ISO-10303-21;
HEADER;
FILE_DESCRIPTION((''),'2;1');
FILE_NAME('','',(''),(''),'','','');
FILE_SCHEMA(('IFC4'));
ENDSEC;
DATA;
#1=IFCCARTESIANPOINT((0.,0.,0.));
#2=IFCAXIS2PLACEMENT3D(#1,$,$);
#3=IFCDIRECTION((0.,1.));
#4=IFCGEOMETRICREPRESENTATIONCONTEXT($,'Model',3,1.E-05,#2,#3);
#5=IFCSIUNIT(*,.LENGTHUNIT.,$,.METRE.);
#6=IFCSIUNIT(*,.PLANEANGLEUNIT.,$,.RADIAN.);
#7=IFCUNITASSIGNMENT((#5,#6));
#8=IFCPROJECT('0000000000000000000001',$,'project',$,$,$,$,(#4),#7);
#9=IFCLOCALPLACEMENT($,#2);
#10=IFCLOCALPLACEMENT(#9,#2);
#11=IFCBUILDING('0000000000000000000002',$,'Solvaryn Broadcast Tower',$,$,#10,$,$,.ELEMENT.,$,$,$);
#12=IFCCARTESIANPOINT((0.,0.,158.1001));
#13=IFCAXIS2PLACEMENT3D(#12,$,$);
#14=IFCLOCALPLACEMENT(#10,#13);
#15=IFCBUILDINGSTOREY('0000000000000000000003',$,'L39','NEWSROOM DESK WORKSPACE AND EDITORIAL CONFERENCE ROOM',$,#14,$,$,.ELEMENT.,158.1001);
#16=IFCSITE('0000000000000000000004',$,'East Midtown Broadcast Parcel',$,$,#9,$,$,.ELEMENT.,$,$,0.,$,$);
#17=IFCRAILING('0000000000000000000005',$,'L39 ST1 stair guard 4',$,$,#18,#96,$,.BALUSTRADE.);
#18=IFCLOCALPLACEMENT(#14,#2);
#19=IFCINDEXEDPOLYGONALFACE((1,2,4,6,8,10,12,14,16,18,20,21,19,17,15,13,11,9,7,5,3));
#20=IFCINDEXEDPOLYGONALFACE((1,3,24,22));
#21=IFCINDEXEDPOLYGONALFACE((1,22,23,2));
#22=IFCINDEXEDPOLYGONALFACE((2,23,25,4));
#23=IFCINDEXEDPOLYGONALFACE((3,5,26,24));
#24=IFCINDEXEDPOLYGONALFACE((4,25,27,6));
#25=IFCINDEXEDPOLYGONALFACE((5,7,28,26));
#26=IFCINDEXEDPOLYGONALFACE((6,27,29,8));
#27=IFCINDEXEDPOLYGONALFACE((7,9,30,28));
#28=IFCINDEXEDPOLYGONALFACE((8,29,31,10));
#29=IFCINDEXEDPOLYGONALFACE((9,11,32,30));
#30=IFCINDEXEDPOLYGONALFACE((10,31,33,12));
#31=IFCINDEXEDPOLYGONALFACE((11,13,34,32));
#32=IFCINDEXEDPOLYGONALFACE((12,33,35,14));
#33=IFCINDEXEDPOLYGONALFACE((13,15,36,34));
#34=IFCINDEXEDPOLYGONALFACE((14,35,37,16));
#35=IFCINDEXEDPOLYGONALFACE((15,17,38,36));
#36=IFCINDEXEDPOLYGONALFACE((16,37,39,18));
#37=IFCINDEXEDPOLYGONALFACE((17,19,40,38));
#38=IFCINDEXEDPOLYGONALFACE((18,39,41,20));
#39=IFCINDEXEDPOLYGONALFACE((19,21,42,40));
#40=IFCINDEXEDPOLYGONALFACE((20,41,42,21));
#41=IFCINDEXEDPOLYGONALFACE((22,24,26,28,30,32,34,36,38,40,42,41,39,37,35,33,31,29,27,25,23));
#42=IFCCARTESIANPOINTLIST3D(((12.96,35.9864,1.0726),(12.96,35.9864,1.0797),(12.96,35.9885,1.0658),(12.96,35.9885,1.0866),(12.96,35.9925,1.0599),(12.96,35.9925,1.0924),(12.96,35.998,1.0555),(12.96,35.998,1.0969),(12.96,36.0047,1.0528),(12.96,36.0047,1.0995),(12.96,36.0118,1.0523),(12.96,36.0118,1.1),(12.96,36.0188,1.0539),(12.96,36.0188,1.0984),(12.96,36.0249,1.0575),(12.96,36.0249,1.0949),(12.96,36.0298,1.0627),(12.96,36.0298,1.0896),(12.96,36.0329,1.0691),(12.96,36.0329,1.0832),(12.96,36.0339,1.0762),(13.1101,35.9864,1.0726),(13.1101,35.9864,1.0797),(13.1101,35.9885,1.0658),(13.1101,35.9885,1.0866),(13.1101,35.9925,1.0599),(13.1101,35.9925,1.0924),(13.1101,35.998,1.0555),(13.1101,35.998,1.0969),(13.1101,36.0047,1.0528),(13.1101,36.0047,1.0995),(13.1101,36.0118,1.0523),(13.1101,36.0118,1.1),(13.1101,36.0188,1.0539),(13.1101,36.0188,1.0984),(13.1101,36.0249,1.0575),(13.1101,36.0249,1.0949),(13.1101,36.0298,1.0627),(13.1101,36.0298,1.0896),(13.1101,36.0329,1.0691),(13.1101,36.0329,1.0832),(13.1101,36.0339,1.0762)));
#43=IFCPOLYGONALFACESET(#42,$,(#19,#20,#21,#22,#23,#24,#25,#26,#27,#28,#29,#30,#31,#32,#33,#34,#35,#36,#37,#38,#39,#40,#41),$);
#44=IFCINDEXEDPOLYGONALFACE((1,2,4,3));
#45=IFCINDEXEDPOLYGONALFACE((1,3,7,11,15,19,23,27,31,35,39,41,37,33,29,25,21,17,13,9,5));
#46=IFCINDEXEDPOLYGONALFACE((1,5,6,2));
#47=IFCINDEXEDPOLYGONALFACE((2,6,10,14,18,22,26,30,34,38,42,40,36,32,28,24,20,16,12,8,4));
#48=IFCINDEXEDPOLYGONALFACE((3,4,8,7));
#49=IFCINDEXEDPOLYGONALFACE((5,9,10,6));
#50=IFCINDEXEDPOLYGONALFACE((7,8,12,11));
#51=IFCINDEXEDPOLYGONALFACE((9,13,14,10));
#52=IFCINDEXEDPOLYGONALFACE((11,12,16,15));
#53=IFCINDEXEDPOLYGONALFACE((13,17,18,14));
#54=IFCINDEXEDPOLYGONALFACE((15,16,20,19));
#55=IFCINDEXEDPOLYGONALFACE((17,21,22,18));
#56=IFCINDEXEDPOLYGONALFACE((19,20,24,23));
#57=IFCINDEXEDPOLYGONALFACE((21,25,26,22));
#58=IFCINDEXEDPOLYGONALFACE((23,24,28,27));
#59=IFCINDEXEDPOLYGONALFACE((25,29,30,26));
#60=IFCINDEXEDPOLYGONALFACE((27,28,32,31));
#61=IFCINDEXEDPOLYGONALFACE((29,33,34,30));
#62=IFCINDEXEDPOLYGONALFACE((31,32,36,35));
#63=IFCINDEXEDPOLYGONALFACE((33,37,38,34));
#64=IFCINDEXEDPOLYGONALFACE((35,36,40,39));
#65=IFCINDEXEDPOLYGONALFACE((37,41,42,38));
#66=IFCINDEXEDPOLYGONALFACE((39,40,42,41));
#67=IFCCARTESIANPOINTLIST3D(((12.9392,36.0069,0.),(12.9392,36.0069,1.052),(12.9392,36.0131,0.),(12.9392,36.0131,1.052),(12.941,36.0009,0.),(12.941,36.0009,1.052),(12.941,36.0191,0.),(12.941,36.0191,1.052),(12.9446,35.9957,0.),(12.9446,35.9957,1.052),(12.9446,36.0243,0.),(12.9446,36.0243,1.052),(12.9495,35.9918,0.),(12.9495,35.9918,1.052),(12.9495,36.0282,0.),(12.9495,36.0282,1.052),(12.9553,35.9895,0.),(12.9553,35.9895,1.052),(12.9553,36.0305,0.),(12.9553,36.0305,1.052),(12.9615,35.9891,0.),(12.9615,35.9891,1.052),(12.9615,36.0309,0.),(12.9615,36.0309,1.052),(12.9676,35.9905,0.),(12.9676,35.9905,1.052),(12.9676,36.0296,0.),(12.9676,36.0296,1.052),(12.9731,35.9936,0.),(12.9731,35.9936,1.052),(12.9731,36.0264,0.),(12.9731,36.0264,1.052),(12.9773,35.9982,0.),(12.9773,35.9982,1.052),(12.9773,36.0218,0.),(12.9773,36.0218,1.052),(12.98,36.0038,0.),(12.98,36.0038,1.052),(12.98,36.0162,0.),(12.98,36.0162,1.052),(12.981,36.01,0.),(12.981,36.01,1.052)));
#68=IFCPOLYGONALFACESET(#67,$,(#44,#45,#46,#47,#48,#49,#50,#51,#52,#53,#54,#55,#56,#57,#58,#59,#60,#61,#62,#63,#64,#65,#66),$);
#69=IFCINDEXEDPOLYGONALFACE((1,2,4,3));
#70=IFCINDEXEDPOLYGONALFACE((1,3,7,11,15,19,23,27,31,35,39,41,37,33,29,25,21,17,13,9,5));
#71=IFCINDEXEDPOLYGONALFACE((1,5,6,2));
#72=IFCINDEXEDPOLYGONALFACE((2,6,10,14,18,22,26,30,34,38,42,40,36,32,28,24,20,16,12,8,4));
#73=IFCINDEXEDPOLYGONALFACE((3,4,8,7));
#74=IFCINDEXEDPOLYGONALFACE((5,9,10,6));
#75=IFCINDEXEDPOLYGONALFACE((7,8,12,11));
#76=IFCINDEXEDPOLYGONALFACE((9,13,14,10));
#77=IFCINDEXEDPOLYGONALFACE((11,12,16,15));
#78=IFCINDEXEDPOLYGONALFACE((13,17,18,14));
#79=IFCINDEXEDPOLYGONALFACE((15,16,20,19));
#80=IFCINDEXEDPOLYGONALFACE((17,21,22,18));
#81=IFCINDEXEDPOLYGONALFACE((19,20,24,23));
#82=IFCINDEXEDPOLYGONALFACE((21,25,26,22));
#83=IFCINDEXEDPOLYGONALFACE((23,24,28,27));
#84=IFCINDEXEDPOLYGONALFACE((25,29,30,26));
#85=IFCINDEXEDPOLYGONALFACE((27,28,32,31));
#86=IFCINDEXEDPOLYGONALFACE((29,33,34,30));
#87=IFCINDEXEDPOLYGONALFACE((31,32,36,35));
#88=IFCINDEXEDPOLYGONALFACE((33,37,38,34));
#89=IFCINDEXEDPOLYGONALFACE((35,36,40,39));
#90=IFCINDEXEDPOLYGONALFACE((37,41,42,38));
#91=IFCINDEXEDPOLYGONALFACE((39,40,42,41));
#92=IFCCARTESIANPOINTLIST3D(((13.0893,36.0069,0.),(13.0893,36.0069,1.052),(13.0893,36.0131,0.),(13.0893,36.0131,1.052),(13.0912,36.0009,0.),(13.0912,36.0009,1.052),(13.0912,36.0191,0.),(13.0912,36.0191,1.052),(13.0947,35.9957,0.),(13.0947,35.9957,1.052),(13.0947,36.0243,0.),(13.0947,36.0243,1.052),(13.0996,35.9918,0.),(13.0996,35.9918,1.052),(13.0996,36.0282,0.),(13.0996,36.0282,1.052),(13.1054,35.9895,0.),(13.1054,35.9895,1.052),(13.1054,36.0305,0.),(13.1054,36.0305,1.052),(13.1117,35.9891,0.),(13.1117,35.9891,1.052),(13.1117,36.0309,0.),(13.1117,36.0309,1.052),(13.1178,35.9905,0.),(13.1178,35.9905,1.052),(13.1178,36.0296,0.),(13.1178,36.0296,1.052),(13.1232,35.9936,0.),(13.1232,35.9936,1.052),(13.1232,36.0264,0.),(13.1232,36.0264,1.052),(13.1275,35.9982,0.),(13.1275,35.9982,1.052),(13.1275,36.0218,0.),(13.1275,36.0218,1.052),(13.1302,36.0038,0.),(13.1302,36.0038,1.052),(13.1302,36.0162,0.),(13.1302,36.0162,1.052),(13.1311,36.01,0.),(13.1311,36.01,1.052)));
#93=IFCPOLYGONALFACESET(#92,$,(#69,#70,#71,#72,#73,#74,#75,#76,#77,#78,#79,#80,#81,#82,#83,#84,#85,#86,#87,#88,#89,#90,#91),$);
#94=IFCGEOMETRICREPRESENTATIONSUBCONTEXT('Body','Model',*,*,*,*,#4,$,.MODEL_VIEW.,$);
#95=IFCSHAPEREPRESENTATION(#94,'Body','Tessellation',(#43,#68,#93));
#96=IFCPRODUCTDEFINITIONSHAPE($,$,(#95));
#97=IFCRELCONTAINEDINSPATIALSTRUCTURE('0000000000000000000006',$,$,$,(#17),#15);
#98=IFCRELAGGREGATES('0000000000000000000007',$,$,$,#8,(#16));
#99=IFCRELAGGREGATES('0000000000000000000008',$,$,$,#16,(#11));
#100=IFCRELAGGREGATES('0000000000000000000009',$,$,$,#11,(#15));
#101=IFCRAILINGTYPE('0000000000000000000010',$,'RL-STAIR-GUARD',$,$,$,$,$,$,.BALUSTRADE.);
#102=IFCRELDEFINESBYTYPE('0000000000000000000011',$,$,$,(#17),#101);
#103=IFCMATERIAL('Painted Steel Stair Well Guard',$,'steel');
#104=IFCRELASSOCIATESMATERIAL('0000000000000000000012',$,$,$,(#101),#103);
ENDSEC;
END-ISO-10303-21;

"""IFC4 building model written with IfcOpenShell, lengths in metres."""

from ifc_helpers import new_model, si_unit, direction, frame, origin, origin_2d, place, context, subcontext, project, spatial, circle, extrude, material, type_object, element, save


model = new_model("IFC4")

# Units and contexts
model_context = context("Model", 3, precision=1e-05, world=origin(), true_north=direction((0.0, 1.0)))
body_context = subcontext(model_context, "Body", "Model", "MODEL_VIEW")
ifc_project = project(units=[si_unit("LENGTHUNIT", "METRE"), si_unit("PLANEANGLEUNIT", "RADIAN")], contexts=[model_context])

# Site, building, storey
site_placement = place(None, origin())
site = spatial("IfcSite", under=ifc_project, at=site_placement, Name="East Midtown Broadcast Parcel", CompositionType="ELEMENT", RefElevation=0.0)
building_placement = place(site_placement, origin())
building = spatial("IfcBuilding", under=site, at=building_placement, Name="Solvaryn Broadcast Tower", CompositionType="ELEMENT")
storey_placement = place(building_placement, frame((0.0, 0.0, 158.1001)))
storey = spatial("IfcBuildingStorey", under=building, at=storey_placement, Name="L39", Description="NEWSROOM DESK WORKSPACE AND EDITORIAL CONFERENCE ROOM", CompositionType="ELEMENT", Elevation=158.1001)

# Railing
ifc_material_1 = material(Name="Painted Steel Stair Well Guard", Category="steel")
railing_type_1 = type_object("IfcRailingType", Name="RL-STAIR-GUARD", PredefinedType="BALUSTRADE", material=ifc_material_1)
railing_1_placement = place(storey_placement, frame((12.96, 36.01, 0.0)))
element("IfcRailing", 1, at=railing_1_placement, inside=storey, type_object=railing_type_1, Name="L39 ST1 stair guard 4", PredefinedType="BALUSTRADE", context=body_context, shape_type="SweptSolid", body=[
    extrude(circle(Radius=0.0239, at=origin_2d()), frame((0.0, 0.0, 1.0762), z_axis=(1.0, 0.0, 0.0), x_axis=(0.0, 1.0, 0.0)), (0.0, 0.0, 1.0), 0.1501),
    extrude(circle(Radius=0.021, at=origin_2d()), origin(), (0.0, 0.0, 1.0), 1.052),
    extrude(circle(Radius=0.021, at=origin_2d()), frame((0.1501, 0.0, 0.0)), (0.0, 0.0, 1.0), 1.052),
])

save(model, "model.ifc")
